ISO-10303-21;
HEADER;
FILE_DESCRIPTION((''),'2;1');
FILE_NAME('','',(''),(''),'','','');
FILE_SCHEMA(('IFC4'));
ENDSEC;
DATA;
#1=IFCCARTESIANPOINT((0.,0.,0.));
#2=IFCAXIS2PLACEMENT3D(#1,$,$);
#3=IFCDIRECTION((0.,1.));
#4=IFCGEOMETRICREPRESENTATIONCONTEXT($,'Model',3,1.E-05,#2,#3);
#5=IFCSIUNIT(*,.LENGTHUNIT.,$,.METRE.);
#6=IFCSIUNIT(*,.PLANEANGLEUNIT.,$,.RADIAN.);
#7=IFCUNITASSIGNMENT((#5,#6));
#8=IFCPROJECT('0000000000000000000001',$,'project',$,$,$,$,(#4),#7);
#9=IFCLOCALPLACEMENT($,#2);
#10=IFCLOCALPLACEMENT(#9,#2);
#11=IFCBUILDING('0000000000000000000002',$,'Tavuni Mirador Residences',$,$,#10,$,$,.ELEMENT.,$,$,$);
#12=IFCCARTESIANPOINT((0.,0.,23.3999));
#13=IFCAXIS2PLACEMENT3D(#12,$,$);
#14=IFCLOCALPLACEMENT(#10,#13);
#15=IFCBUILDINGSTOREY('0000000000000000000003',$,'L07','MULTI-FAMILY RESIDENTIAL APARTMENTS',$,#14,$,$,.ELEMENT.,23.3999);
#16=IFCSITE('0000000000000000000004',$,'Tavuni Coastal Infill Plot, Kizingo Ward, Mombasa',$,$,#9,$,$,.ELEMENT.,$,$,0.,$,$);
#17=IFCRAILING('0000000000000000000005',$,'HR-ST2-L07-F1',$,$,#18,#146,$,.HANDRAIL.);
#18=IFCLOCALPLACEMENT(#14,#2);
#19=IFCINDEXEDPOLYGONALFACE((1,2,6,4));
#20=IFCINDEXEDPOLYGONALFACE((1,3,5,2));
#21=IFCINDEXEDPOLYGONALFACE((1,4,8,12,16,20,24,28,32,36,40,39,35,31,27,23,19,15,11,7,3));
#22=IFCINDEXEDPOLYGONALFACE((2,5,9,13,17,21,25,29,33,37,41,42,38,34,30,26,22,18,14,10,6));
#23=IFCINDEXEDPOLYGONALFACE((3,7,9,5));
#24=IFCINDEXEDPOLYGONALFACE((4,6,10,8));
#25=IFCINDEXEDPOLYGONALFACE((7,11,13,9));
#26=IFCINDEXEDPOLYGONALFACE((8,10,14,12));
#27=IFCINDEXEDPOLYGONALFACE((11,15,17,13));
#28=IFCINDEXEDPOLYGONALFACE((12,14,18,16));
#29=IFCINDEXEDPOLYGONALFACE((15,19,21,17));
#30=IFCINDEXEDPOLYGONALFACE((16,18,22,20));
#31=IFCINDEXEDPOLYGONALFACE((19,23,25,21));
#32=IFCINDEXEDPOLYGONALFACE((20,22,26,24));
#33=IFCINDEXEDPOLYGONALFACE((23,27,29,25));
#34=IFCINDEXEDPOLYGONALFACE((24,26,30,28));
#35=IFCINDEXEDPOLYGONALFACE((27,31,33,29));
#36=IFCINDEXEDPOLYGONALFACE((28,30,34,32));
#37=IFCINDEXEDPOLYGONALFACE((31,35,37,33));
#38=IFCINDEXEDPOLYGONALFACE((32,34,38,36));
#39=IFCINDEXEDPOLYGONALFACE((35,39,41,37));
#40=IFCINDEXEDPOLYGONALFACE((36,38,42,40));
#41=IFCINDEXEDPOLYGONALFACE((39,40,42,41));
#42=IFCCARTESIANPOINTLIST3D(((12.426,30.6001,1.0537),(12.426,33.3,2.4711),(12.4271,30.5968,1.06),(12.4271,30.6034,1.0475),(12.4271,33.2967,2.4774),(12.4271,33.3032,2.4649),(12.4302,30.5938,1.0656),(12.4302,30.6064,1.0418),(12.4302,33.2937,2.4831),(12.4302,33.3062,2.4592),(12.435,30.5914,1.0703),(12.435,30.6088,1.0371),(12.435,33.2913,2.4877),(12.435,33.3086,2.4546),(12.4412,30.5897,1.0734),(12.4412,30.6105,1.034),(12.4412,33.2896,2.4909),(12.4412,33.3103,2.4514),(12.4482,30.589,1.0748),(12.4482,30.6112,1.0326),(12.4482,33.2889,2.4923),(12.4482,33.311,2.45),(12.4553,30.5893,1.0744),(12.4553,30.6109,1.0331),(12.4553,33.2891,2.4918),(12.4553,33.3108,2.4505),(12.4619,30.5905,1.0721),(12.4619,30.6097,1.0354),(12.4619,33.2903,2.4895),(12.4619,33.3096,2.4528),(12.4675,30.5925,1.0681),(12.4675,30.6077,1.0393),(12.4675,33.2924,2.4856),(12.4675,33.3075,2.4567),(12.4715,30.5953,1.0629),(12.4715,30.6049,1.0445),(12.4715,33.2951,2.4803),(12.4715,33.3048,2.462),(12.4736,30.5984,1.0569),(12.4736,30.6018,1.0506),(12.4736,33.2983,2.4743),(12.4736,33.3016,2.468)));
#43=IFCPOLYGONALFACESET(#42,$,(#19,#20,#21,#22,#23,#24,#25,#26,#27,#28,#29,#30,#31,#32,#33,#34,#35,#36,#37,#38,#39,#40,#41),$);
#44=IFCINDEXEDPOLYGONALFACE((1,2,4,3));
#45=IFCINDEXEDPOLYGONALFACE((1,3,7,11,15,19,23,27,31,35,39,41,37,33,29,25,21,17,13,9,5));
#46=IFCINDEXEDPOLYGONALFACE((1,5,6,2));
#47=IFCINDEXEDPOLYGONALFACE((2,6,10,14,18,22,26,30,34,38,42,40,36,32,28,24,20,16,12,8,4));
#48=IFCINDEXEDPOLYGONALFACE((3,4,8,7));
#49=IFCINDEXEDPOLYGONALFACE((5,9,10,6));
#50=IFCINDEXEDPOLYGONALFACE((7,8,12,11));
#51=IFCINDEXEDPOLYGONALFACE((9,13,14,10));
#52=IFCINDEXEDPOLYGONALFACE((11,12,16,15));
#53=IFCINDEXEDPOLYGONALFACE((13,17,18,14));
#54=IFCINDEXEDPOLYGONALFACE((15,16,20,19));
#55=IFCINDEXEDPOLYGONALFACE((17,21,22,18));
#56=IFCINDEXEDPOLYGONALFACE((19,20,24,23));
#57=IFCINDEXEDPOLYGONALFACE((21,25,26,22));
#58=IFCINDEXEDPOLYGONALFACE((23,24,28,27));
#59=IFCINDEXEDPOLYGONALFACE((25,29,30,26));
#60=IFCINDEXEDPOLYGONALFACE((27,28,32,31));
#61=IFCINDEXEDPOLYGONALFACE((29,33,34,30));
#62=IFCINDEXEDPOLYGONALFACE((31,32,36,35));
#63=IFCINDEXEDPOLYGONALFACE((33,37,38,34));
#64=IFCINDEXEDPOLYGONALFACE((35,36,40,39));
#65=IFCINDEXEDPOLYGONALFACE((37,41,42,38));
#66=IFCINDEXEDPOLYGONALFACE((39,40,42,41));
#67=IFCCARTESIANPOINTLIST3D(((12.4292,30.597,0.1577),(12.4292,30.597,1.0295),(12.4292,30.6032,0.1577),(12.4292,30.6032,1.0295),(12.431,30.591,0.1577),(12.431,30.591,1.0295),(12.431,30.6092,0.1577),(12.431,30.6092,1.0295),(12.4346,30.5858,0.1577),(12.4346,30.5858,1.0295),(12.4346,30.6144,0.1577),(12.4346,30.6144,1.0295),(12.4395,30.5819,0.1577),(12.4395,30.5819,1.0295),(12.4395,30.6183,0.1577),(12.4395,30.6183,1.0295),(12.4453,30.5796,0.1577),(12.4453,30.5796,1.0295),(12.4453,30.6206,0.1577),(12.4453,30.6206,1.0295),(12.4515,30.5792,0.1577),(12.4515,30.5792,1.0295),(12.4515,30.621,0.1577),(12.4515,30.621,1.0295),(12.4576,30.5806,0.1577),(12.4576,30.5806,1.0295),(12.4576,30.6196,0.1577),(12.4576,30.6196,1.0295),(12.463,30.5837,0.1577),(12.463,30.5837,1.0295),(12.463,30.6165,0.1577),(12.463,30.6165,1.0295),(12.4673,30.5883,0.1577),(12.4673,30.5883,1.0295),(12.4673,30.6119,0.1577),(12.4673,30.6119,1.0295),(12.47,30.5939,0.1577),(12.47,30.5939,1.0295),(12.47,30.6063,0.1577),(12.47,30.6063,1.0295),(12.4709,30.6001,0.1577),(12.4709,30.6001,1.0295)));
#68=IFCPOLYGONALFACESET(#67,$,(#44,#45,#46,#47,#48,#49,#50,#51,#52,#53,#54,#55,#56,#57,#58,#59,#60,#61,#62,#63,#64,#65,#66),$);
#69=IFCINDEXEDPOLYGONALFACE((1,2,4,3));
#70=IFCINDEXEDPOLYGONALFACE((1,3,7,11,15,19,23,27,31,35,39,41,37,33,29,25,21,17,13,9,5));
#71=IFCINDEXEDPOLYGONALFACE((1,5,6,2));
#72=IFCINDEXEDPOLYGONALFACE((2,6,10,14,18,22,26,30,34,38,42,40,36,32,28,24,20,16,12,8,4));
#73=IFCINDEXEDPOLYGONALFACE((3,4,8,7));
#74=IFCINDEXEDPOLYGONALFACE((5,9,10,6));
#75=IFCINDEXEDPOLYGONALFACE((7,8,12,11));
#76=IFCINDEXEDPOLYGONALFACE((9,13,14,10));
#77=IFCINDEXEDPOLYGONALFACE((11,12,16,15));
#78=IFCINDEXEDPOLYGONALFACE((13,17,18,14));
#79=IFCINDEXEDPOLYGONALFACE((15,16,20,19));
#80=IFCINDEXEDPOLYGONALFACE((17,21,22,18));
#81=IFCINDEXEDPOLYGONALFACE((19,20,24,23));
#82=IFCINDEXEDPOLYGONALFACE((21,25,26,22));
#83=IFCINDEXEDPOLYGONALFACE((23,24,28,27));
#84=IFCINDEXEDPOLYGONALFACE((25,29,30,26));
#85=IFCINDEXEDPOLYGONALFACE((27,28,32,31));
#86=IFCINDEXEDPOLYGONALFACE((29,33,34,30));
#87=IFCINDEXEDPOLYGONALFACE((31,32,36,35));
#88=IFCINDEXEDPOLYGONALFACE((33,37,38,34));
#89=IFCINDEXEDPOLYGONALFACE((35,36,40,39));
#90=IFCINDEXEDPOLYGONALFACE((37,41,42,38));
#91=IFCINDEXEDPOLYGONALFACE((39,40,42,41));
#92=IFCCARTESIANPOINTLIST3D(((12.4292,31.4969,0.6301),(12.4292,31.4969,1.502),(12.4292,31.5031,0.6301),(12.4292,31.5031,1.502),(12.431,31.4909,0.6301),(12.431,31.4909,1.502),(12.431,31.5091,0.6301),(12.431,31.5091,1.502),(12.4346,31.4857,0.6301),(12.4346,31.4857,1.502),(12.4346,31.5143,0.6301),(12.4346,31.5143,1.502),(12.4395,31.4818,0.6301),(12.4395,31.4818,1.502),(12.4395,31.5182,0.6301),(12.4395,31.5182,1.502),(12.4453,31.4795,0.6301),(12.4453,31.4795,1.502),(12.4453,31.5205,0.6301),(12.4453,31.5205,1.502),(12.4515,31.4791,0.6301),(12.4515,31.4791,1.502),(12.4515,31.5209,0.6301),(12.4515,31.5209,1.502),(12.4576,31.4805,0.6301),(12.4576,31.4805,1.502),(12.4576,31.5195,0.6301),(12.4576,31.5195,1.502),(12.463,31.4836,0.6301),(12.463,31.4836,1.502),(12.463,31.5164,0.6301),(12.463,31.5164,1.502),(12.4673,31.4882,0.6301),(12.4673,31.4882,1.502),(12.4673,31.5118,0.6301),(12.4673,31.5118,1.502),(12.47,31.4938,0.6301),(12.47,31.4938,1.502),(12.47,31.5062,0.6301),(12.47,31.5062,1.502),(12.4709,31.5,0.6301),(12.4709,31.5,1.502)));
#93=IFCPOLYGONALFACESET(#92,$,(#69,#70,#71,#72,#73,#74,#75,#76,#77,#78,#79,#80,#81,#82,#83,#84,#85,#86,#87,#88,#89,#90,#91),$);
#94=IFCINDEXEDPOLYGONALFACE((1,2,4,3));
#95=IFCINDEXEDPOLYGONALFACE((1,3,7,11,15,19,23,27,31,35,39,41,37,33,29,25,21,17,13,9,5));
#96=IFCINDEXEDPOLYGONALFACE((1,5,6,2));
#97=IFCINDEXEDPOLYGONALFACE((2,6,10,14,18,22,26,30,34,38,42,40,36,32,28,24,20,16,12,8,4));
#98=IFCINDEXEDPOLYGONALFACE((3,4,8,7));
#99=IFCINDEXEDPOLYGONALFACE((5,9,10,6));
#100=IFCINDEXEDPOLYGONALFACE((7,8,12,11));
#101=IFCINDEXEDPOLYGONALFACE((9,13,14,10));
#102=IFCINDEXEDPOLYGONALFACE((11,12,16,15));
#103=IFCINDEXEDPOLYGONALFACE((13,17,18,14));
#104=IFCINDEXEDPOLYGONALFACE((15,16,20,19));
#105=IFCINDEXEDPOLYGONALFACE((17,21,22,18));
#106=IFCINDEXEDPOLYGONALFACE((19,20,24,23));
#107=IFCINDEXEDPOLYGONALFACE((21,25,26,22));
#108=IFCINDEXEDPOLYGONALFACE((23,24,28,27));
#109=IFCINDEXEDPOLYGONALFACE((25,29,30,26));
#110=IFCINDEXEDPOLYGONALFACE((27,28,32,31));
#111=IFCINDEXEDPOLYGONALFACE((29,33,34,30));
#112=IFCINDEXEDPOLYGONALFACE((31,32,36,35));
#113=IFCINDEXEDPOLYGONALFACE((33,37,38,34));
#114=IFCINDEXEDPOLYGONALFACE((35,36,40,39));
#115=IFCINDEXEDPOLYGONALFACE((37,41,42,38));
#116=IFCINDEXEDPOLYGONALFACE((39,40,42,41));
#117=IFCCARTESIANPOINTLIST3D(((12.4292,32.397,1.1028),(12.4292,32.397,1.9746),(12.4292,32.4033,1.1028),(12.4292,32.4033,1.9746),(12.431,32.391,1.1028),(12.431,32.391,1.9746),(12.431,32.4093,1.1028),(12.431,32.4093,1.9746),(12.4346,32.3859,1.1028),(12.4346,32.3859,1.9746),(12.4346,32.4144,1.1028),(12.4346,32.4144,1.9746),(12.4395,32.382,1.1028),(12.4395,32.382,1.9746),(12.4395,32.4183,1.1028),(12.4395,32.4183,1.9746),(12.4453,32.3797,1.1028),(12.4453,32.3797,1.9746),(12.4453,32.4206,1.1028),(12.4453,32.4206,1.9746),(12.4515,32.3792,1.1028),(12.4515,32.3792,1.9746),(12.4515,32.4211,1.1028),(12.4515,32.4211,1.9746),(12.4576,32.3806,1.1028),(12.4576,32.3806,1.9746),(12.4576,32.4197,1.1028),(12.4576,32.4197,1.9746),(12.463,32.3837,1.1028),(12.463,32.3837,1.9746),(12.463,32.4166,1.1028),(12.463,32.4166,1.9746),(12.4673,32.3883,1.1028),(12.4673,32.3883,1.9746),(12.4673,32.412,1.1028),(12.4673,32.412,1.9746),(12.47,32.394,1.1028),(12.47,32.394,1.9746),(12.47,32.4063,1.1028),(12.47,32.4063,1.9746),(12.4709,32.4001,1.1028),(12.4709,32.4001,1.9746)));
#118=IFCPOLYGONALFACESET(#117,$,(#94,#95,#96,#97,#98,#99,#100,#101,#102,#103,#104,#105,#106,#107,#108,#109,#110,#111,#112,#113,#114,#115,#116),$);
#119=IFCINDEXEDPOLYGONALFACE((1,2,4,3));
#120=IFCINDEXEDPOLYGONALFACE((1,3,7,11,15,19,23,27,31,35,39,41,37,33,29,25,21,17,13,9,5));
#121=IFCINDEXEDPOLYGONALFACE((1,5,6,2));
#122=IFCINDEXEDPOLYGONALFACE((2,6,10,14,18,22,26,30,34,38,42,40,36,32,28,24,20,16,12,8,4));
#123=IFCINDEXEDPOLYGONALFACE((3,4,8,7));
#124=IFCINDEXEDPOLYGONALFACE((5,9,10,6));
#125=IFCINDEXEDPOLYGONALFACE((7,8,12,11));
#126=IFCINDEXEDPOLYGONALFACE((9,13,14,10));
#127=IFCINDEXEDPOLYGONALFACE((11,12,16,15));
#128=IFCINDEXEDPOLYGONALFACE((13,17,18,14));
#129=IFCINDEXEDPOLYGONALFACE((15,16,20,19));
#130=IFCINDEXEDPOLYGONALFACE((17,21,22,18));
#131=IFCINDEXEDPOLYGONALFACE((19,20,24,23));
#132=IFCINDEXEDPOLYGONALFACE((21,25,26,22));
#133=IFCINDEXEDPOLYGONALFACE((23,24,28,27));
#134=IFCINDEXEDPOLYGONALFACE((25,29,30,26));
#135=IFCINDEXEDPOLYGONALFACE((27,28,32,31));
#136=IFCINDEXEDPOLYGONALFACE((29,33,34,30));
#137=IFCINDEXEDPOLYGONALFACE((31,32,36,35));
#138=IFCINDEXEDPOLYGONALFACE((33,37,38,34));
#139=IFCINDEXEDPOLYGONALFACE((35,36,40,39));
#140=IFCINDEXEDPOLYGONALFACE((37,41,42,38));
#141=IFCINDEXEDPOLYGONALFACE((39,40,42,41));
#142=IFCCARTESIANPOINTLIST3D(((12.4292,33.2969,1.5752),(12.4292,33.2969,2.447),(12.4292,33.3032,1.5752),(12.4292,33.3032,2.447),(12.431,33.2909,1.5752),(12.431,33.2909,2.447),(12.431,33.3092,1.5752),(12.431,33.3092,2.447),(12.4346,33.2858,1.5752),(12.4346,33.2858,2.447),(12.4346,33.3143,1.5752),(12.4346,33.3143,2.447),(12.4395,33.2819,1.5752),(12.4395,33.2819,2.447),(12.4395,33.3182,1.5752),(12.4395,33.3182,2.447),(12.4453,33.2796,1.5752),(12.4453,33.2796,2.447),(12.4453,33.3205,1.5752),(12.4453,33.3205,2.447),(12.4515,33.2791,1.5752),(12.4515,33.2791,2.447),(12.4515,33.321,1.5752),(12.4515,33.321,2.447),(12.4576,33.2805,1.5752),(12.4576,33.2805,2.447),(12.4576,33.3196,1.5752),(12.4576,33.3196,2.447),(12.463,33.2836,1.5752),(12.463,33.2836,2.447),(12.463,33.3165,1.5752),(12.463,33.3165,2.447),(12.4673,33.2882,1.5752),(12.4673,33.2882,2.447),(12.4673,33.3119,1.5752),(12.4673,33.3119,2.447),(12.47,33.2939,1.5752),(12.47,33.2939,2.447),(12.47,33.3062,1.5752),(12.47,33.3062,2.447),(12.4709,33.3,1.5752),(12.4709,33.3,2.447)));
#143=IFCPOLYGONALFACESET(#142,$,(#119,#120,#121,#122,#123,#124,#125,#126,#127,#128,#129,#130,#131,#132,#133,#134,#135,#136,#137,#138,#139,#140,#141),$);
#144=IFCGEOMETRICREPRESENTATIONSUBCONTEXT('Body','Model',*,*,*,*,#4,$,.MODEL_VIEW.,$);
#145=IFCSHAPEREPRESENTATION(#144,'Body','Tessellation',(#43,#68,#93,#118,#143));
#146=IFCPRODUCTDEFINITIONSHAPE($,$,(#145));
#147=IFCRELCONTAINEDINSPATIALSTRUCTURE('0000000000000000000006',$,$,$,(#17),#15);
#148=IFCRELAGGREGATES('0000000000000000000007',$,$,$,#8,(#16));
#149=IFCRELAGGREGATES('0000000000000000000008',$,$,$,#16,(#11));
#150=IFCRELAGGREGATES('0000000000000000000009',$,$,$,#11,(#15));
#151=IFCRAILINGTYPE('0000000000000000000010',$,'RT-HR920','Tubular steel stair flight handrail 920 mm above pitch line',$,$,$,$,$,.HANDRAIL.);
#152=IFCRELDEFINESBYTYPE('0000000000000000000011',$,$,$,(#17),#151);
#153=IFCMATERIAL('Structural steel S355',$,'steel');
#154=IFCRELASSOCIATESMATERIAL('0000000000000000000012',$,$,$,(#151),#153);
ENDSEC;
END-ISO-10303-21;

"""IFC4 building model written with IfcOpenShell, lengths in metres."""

from ifc_helpers import new_model, si_unit, direction, frame, origin, origin_2d, place, context, subcontext, project, spatial, circle, extrude, material, type_object, element, save


model = new_model("IFC4")

# Units and contexts
model_context = context("Model", 3, precision=1e-05, world=origin(), true_north=direction((0.0, 1.0)))
body_context = subcontext(model_context, "Body", "Model", "MODEL_VIEW")
ifc_project = project(units=[si_unit("LENGTHUNIT", "METRE"), si_unit("PLANEANGLEUNIT", "RADIAN")], contexts=[model_context])

# Site, building, storey
site_placement = place(None, origin())
site = spatial("IfcSite", under=ifc_project, at=site_placement, Name="Tavuni Coastal Infill Plot, Kizingo Ward, Mombasa", CompositionType="ELEMENT", RefElevation=0.0)
building_placement = place(site_placement, origin())
building = spatial("IfcBuilding", under=site, at=building_placement, Name="Tavuni Mirador Residences", CompositionType="ELEMENT")
storey_placement = place(building_placement, frame((0.0, 0.0, 23.3999)))
storey = spatial("IfcBuildingStorey", under=building, at=storey_placement, Name="L07", Description="MULTI-FAMILY RESIDENTIAL APARTMENTS", CompositionType="ELEMENT", Elevation=23.3999)

# Shared definitions
ifc_material_1 = material(Name="Structural steel S355", Category="steel")

# Railing
railing_type_1 = type_object("IfcRailingType", Name="RT-HR920", Description="Tubular steel stair flight handrail 920 mm above pitch line", PredefinedType="HANDRAIL", material=ifc_material_1)
railing_1_placement = place(storey_placement, frame((12.45, 30.6001, 0.1577)))
element("IfcRailing", 1, at=railing_1_placement, inside=storey, type_object=railing_type_1, Name="HR-ST2-L07-F1", PredefinedType="HANDRAIL", context=body_context, shape_type="SweptSolid", body=[
    extrude(circle(Radius=0.0239, at=origin_2d()), frame((0.0, 0.0, 0.896), z_axis=(0.0, 0.885397, 0.464835), x_axis=(-1.0, 0.0, 0.0)), (0.0, 0.0, 1.0), 3.0493),
    extrude(circle(Radius=0.021, at=origin_2d()), origin(), (0.0, 0.0, 1.0), 0.8718),
    extrude(circle(Radius=0.021, at=origin_2d()), frame((0.0, 0.8999, 0.4724)), (0.0, 0.0, 1.0), 0.8718),
    extrude(circle(Radius=0.021, at=origin_2d()), frame((0.0, 1.8, 0.9451)), (0.0, 0.0, 1.0), 0.8718),
    extrude(circle(Radius=0.021, at=origin_2d()), frame((0.0, 2.7, 1.4175)), (0.0, 0.0, 1.0), 0.8718),
])

save(model, "model.ifc")
